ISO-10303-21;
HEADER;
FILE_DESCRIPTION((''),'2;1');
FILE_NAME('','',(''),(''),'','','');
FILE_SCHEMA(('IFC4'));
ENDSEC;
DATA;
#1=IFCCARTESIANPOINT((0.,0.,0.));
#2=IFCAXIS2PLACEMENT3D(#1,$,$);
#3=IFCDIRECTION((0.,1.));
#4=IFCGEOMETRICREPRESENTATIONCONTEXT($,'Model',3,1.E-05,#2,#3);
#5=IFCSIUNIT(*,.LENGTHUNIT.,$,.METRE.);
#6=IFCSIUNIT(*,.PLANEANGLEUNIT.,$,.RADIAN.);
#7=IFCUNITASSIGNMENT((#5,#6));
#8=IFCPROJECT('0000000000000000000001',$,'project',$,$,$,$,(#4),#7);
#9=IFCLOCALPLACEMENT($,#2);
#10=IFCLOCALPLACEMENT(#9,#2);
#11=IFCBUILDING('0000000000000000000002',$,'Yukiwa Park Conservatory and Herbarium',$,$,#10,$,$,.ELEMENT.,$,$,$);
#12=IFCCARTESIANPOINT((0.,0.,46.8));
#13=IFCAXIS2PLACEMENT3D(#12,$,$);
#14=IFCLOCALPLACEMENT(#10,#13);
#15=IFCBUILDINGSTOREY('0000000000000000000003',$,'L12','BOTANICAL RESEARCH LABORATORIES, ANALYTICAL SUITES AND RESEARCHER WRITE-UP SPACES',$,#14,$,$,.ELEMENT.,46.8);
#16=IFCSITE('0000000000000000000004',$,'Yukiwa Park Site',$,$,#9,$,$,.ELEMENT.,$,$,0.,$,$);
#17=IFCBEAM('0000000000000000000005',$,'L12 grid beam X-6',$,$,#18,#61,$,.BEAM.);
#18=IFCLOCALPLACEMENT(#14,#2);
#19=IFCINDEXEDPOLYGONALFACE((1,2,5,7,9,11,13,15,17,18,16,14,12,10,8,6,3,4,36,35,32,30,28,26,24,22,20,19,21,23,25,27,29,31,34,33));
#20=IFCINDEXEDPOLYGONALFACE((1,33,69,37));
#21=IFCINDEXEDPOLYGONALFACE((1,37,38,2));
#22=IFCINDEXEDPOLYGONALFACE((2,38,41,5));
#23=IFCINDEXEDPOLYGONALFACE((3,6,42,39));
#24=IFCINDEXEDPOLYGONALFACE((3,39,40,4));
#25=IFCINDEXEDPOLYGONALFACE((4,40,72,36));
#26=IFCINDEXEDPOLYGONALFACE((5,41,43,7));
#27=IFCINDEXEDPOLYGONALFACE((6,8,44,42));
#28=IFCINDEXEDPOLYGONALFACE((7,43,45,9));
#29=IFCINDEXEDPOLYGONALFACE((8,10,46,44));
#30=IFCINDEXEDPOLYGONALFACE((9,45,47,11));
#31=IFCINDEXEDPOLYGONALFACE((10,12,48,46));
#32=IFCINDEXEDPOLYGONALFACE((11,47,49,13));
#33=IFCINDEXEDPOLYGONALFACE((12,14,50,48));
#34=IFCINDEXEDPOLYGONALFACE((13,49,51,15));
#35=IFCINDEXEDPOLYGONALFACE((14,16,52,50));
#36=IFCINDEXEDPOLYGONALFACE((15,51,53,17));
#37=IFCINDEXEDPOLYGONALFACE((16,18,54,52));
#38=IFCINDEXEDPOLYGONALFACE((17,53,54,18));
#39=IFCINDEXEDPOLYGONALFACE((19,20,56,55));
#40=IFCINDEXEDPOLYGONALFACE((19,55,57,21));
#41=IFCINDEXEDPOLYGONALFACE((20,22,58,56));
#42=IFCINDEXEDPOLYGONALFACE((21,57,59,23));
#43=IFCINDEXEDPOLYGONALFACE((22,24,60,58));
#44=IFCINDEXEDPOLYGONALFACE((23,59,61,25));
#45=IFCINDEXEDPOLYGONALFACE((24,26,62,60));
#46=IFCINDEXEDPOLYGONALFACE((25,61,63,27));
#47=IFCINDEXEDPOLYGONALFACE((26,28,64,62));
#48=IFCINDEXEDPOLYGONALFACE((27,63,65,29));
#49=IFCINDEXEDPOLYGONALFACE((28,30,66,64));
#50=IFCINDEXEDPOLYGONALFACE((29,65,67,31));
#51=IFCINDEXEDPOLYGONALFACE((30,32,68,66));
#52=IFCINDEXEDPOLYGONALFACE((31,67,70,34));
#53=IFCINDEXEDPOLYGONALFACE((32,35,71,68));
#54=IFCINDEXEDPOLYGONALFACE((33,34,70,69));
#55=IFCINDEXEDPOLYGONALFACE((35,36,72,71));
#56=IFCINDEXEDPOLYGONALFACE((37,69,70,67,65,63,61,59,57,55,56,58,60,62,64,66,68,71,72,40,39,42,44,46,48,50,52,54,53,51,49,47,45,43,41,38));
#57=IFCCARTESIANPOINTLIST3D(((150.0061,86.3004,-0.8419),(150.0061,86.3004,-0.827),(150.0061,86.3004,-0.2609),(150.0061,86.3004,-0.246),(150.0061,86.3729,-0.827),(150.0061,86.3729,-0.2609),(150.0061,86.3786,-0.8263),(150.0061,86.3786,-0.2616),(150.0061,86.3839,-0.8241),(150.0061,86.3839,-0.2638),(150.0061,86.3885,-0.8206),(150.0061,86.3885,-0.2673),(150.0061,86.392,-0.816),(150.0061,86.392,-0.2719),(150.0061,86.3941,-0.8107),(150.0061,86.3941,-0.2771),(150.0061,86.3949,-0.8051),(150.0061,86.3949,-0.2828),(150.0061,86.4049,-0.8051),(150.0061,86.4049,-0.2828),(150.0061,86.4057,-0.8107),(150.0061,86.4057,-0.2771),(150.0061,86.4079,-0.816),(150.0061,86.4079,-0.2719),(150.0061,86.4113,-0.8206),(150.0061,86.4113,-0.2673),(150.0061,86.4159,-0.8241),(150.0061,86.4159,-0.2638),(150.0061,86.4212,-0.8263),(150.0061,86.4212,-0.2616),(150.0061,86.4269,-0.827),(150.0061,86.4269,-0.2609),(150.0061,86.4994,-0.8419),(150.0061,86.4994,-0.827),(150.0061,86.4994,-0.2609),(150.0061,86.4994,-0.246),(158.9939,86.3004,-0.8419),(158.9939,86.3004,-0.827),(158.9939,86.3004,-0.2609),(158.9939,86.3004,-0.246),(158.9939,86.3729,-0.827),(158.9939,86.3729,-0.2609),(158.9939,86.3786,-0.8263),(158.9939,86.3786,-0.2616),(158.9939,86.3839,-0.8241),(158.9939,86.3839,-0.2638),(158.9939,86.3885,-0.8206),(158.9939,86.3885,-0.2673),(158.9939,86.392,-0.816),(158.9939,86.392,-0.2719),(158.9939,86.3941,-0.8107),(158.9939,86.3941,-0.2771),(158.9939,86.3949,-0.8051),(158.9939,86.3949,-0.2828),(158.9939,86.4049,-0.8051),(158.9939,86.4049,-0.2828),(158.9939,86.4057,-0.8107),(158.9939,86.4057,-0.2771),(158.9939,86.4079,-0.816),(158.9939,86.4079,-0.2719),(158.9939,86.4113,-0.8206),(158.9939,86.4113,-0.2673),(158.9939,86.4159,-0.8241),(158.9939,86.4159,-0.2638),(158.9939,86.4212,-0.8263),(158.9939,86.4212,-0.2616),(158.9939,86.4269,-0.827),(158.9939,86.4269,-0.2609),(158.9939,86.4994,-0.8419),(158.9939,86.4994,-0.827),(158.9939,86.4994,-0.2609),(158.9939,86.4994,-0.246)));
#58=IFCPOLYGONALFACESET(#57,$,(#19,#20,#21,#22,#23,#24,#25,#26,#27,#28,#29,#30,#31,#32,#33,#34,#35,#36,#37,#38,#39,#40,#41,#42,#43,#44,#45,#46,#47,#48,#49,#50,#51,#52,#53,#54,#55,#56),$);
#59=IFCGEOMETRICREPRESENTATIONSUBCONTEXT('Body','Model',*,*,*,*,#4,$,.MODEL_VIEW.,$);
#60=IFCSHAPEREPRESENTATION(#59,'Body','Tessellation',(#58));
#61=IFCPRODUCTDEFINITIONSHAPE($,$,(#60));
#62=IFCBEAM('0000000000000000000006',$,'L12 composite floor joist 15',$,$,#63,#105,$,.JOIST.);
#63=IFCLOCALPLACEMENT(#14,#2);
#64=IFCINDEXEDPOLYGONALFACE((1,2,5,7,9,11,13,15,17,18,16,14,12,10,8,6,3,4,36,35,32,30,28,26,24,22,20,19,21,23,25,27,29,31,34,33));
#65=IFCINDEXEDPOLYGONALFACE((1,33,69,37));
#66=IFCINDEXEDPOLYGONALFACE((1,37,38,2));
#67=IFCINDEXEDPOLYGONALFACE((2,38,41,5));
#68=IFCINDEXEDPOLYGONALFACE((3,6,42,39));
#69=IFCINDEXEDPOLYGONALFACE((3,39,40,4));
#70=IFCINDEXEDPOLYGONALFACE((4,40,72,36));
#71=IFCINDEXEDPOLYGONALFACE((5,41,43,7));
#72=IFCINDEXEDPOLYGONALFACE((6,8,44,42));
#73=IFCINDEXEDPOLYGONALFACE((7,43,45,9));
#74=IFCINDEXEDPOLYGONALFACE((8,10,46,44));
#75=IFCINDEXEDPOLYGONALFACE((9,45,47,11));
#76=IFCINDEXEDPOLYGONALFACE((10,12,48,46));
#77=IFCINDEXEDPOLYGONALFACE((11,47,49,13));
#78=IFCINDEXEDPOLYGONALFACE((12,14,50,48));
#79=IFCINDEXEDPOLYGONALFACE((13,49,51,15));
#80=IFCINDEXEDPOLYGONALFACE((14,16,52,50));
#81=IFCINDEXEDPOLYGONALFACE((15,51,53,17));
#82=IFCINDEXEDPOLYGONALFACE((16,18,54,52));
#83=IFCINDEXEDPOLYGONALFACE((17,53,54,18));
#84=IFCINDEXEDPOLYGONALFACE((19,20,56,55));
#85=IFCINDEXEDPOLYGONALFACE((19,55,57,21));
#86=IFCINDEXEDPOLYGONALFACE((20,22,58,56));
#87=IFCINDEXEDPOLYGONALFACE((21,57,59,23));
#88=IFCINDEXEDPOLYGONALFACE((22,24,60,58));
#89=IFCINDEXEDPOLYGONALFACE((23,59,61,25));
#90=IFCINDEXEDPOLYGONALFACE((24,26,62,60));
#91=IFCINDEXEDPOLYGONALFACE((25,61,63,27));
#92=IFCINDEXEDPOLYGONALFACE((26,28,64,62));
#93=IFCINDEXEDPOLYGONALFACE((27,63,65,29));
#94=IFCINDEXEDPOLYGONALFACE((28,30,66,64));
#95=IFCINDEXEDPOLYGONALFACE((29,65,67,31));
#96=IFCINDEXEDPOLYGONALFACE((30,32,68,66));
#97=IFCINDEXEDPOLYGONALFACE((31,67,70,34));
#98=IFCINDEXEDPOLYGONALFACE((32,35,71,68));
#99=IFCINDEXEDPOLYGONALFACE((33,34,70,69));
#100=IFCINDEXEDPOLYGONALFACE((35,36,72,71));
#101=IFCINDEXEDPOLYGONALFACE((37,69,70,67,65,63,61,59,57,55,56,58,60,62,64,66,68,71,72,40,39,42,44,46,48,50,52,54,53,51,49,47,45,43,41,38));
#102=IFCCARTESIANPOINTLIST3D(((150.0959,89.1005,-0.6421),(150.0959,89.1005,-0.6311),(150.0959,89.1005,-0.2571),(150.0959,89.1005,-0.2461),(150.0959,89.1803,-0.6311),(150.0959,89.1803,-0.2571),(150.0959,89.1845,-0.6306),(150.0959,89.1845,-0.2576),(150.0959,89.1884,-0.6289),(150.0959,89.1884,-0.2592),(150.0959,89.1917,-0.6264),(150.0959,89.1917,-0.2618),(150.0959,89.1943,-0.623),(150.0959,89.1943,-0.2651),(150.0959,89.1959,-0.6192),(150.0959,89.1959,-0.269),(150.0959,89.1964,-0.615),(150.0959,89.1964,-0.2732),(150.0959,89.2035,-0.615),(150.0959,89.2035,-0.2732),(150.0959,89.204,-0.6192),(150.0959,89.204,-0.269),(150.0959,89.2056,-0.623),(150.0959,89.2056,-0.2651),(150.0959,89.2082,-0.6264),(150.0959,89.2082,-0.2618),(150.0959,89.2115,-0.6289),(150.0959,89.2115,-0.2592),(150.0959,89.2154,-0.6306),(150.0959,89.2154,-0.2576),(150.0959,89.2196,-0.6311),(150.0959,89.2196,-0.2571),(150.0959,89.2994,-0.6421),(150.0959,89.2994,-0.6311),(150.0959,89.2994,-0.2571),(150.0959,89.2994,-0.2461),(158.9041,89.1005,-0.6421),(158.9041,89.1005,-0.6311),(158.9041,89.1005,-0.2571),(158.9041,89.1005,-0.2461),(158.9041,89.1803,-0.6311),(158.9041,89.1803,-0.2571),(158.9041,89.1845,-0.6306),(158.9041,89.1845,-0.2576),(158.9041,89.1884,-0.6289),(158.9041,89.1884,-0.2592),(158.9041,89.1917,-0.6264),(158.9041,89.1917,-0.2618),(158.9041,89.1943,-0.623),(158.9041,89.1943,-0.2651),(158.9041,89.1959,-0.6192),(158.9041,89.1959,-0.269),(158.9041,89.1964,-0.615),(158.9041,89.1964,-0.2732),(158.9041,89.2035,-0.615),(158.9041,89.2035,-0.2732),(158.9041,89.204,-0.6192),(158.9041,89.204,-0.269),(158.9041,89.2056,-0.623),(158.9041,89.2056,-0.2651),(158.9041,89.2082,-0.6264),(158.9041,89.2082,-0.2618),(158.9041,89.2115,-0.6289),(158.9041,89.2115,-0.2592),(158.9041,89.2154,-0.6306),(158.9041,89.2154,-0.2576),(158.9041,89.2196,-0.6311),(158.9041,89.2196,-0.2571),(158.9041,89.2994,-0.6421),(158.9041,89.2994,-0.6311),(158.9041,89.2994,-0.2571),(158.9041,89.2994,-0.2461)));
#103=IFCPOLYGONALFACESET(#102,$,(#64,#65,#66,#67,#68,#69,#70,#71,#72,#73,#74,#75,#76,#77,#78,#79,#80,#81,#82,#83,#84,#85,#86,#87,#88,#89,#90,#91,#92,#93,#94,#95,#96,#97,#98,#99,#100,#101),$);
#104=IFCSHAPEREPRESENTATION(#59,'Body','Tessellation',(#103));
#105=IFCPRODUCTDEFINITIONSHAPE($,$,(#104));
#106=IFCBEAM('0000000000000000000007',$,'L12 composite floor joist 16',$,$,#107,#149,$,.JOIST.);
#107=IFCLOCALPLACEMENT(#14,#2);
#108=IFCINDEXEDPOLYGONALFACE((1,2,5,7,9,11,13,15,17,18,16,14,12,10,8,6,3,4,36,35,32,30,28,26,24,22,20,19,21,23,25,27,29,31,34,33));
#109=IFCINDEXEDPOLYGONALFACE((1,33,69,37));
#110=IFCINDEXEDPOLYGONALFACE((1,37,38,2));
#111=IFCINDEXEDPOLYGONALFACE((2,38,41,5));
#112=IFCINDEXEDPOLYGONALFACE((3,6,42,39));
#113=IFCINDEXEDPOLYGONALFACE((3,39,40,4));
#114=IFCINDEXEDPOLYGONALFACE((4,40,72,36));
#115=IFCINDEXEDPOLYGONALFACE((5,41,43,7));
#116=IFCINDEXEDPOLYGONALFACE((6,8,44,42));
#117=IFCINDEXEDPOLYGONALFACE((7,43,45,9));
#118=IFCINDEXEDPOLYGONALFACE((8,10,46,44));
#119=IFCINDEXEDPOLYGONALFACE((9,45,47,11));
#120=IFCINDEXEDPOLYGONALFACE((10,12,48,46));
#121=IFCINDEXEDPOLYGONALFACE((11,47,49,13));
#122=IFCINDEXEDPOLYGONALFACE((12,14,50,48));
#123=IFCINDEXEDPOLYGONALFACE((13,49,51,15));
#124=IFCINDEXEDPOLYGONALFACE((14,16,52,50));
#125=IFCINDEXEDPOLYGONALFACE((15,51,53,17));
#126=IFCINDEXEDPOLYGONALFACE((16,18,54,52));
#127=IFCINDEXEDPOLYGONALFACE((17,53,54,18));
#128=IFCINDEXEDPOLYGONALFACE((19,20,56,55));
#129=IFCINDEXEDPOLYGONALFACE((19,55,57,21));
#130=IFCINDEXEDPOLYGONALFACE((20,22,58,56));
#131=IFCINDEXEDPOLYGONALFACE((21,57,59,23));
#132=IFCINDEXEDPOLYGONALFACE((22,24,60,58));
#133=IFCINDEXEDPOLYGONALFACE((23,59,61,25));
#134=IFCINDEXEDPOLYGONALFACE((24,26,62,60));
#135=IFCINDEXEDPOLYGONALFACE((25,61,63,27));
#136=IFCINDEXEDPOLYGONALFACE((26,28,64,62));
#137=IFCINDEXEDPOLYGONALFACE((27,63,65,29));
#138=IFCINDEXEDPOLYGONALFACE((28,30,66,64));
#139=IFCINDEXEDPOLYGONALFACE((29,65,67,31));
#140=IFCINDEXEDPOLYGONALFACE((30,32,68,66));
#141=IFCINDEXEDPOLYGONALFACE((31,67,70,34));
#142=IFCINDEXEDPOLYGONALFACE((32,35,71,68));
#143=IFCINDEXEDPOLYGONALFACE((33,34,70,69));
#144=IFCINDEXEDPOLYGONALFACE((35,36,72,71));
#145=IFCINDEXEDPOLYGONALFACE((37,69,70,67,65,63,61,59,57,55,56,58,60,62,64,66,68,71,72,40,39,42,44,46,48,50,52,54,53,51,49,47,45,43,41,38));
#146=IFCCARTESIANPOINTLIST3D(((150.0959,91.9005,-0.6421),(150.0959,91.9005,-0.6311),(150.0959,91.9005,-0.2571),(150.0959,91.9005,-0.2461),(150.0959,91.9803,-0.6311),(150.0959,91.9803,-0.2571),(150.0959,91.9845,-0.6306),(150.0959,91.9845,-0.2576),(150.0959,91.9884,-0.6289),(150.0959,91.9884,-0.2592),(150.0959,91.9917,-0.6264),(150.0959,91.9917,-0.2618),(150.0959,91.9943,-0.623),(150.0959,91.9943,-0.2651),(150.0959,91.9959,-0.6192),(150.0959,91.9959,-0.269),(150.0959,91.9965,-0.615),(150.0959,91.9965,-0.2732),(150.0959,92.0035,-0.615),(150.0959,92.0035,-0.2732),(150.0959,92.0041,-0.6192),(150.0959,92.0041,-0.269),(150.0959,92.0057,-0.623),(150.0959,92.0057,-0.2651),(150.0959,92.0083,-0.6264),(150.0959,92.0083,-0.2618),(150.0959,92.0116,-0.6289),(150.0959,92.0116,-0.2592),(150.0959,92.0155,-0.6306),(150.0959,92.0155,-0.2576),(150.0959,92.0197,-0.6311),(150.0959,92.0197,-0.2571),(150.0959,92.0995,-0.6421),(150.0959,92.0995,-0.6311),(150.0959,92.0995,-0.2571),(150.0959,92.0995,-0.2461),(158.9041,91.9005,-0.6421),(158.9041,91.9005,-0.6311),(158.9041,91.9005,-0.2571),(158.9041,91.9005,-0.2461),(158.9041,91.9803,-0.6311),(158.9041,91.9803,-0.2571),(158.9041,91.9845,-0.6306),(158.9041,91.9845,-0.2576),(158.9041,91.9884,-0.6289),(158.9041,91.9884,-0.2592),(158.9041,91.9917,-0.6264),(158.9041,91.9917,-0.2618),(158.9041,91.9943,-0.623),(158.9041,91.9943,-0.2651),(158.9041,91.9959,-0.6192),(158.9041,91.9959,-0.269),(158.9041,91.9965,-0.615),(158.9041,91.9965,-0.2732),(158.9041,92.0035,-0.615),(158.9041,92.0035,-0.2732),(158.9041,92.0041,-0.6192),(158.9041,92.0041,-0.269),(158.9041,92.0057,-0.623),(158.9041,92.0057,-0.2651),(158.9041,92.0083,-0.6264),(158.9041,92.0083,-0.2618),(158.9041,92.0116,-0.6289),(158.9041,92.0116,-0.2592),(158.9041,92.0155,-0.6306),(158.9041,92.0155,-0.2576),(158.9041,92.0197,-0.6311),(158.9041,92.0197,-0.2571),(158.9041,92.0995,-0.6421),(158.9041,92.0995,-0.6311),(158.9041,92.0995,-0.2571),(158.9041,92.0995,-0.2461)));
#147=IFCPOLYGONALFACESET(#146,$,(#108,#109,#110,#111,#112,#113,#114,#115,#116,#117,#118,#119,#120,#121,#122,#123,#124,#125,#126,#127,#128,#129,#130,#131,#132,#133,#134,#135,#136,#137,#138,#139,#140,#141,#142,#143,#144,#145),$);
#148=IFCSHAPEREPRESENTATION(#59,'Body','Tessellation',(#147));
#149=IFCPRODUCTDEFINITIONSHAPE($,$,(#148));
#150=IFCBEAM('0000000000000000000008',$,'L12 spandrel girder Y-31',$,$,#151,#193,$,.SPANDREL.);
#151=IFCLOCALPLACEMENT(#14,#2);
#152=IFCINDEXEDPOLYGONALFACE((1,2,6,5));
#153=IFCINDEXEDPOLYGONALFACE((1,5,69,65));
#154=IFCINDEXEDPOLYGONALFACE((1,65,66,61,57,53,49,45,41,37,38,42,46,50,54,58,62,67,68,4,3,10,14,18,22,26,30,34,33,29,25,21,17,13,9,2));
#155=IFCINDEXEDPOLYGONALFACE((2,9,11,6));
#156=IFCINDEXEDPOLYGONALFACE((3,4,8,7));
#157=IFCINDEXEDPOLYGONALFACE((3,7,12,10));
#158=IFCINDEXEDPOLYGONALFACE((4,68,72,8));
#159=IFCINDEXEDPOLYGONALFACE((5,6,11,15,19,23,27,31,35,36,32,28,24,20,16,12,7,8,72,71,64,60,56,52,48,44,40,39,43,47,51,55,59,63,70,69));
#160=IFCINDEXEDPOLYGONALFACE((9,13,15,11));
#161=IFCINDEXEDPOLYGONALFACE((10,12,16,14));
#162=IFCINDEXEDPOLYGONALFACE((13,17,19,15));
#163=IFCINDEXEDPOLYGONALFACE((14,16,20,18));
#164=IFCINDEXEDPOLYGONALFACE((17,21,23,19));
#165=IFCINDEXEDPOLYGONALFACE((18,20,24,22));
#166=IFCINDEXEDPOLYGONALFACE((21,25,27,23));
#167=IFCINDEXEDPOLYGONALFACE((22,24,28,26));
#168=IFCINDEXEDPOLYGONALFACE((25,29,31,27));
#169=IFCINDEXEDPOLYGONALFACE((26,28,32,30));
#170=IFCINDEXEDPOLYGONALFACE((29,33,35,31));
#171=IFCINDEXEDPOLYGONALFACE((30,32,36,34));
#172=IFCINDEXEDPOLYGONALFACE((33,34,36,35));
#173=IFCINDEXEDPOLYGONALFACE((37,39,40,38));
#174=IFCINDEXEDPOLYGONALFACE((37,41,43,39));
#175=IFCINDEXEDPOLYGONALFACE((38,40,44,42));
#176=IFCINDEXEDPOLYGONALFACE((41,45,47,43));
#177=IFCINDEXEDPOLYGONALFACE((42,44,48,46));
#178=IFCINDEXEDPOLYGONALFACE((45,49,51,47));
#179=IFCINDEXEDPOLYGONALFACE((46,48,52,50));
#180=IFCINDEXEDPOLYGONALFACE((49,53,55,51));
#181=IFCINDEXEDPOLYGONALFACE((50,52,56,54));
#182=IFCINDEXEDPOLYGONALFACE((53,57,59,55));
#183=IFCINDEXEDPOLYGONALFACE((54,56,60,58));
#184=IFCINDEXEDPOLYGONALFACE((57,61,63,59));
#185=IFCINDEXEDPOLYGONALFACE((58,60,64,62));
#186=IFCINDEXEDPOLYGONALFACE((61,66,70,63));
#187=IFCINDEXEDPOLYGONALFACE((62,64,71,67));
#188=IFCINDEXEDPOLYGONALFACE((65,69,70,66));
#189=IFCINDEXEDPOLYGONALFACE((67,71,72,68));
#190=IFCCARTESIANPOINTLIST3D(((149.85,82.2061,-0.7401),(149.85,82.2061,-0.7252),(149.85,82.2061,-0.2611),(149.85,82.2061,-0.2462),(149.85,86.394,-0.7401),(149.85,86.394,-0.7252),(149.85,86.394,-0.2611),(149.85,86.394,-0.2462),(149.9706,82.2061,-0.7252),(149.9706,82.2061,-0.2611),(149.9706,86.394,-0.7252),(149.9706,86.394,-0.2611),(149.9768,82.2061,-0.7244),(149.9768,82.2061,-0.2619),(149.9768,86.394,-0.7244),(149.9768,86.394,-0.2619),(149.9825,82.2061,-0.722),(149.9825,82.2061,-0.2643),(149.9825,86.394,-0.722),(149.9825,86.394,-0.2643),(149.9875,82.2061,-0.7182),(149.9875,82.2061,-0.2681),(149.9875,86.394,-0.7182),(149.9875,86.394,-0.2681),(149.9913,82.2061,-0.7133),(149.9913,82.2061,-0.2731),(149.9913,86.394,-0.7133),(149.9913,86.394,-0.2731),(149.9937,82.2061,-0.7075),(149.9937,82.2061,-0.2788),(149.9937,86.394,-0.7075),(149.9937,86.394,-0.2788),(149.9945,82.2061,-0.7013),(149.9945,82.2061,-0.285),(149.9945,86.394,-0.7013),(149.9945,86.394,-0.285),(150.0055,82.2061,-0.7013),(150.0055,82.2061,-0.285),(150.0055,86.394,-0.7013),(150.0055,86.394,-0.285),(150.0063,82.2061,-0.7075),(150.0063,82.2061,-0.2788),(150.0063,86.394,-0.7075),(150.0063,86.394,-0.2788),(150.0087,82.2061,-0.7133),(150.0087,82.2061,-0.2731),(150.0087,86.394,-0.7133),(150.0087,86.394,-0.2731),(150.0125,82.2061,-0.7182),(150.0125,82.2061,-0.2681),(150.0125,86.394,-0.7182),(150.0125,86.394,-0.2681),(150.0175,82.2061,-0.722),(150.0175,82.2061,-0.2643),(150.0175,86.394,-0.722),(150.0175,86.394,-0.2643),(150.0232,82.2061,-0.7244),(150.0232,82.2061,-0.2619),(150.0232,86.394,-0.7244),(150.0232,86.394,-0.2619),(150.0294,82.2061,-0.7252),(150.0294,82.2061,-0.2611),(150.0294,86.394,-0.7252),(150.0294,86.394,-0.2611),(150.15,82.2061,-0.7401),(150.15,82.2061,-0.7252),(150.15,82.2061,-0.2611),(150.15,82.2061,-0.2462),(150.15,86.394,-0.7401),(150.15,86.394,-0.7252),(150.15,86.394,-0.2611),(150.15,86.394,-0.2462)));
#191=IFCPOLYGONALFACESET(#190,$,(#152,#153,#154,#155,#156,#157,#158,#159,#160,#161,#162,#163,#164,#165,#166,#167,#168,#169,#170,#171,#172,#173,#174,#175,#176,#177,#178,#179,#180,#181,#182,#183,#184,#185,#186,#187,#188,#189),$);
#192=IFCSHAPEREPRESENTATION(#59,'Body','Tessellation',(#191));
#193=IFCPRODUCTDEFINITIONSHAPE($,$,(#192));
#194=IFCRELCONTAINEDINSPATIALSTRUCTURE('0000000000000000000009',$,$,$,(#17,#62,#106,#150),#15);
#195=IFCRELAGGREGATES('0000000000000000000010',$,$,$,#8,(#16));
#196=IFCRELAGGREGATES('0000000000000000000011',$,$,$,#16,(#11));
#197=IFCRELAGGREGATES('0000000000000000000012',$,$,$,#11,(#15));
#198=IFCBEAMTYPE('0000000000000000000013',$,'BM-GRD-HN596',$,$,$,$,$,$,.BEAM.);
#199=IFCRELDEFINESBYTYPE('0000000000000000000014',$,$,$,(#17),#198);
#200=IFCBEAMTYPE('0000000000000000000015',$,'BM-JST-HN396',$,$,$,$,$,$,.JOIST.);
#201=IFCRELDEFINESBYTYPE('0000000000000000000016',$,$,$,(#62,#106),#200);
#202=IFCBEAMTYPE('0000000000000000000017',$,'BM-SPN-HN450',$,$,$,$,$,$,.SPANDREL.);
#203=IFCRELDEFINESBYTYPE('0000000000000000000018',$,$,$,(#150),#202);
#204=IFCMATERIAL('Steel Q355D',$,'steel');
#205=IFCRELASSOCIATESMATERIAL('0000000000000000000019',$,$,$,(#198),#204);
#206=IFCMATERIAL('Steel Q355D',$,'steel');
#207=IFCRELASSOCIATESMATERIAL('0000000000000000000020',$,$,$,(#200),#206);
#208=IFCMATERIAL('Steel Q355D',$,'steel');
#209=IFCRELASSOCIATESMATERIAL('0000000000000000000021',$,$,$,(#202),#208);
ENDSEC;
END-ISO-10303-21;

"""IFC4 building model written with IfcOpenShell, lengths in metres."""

from ifc_helpers import new_model, si_unit, direction, frame, origin, origin_2d, place, context, subcontext, project, spatial, i_section, extrude, material, material_profile, profile_set, type_object, element, save


model = new_model("IFC4")

# Units and contexts
model_context = context("Model", 3, precision=1e-05, world=origin(), true_north=direction((0.0, 1.0)))
body_context = subcontext(model_context, "Body", "Model", "MODEL_VIEW")
ifc_project = project(units=[si_unit("LENGTHUNIT", "METRE"), si_unit("PLANEANGLEUNIT", "RADIAN")], contexts=[model_context])

# Site, building, storey
site_placement = place(None, origin())
site = spatial("IfcSite", under=ifc_project, at=site_placement, Name="Yukiwa Park Site", CompositionType="ELEMENT", RefElevation=0.0)
building_placement = place(site_placement, origin())
building = spatial("IfcBuilding", under=site, at=building_placement, Name="Yukiwa Park Conservatory and Herbarium", CompositionType="ELEMENT")
storey_placement = place(building_placement, frame((0.0, 0.0, 46.8)))
storey = spatial("IfcBuildingStorey", under=building, at=storey_placement, Name="L12", Description="BOTANICAL RESEARCH LABORATORIES, ANALYTICAL SUITES AND RESEARCHER WRITE-UP SPACES", CompositionType="ELEMENT", Elevation=46.8)

# Beams
ifc_material_1 = material(Name="Steel Q355D", Category="steel")
ifc_material_profile_1 = material_profile(ifc_material_1, i_section(OverallWidth=0.199, OverallDepth=0.5959, WebThickness=0.01, FlangeThickness=0.0149, FilletRadius=0.022, at=origin_2d()), Name="HN 596x199x10x15")
ifc_profile_set_1 = profile_set([ifc_material_profile_1], Name="Steel Q355D")
beam_type_1 = type_object("IfcBeamType", Name="BM-GRD-HN596", PredefinedType="BEAM", material=ifc_profile_set_1)
beam_1_placement = place(storey_placement, frame((150.0061, 86.3999, -0.5439), z_axis=(1.0, 0.0, 0.0), x_axis=(0.0, 1.0, 0.0)))
element("IfcBeam", 1, at=beam_1_placement, inside=storey, type_object=beam_type_1, Name="L12 grid beam X-6", PredefinedType="BEAM", context=body_context, shape_type="SweptSolid", body=[
    extrude(i_section(OverallWidth=0.199, OverallDepth=0.5959, WebThickness=0.01, FlangeThickness=0.0149, FilletRadius=0.022, at=origin_2d()), origin(), (0.0, 0.0, 1.0), 8.9878),
])
ifc_material_2 = material(Name="Steel Q355D", Category="steel")
ifc_material_profile_2 = material_profile(ifc_material_2, i_section(OverallWidth=0.199, OverallDepth=0.396, WebThickness=0.0071, FlangeThickness=0.011, FilletRadius=0.0161, at=origin_2d()), Name="HN 396x199x7x11")
ifc_profile_set_2 = profile_set([ifc_material_profile_2], Name="Steel Q355D")
beam_type_2 = type_object("IfcBeamType", Name="BM-JST-HN396", PredefinedType="JOIST", material=ifc_profile_set_2)
for number, where, z_axis, x_axis, name in (
    (2, (150.0959, 89.2, -0.4441), (1.0, 0.0, 0.0), (0.0, 1.0, 0.0), "L12 composite floor joist 15"),
    (3, (150.0959, 92.0, -0.4441), (1.0, 0.0, 0.0), (0.0, 1.0, 0.0), "L12 composite floor joist 16"),
):
    element("IfcBeam", number, at=place(storey_placement, frame(where, z_axis=z_axis, x_axis=x_axis)), inside=storey, type_object=beam_type_2, Name=name, PredefinedType="JOIST", context=body_context, shape_type="SweptSolid", body=[
        extrude(i_section(OverallWidth=0.199, OverallDepth=0.396, WebThickness=0.0071, FlangeThickness=0.011, FilletRadius=0.0161, at=origin_2d()), origin(), (0.0, 0.0, 1.0), 8.8081),
    ])
ifc_material_3 = material(Name="Steel Q355D", Category="steel")
ifc_material_profile_3 = material_profile(ifc_material_3, i_section(OverallWidth=0.3, OverallDepth=0.4939, WebThickness=0.011, FlangeThickness=0.0149, FilletRadius=0.0239, at=origin_2d()), Name="HM 494x300x11x15")
ifc_profile_set_3 = profile_set([ifc_material_profile_3], Name="Steel Q355D")
beam_type_3 = type_object("IfcBeamType", Name="BM-SPN-HN450", PredefinedType="SPANDREL", material=ifc_profile_set_3)
beam_2_placement = place(storey_placement, frame((150.0, 82.2061, -0.4932), z_axis=(0.0, 1.0, 0.0), x_axis=(-1.0, 0.0, 0.0)))
element("IfcBeam", 4, at=beam_2_placement, inside=storey, type_object=beam_type_3, Name="L12 spandrel girder Y-31", PredefinedType="SPANDREL", context=body_context, shape_type="SweptSolid", body=[
    extrude(i_section(OverallWidth=0.3, OverallDepth=0.4939, WebThickness=0.011, FlangeThickness=0.0149, FilletRadius=0.0239, at=origin_2d()), origin(), (0.0, 0.0, 1.0), 4.188),
])

save(model, "model.ifc")
